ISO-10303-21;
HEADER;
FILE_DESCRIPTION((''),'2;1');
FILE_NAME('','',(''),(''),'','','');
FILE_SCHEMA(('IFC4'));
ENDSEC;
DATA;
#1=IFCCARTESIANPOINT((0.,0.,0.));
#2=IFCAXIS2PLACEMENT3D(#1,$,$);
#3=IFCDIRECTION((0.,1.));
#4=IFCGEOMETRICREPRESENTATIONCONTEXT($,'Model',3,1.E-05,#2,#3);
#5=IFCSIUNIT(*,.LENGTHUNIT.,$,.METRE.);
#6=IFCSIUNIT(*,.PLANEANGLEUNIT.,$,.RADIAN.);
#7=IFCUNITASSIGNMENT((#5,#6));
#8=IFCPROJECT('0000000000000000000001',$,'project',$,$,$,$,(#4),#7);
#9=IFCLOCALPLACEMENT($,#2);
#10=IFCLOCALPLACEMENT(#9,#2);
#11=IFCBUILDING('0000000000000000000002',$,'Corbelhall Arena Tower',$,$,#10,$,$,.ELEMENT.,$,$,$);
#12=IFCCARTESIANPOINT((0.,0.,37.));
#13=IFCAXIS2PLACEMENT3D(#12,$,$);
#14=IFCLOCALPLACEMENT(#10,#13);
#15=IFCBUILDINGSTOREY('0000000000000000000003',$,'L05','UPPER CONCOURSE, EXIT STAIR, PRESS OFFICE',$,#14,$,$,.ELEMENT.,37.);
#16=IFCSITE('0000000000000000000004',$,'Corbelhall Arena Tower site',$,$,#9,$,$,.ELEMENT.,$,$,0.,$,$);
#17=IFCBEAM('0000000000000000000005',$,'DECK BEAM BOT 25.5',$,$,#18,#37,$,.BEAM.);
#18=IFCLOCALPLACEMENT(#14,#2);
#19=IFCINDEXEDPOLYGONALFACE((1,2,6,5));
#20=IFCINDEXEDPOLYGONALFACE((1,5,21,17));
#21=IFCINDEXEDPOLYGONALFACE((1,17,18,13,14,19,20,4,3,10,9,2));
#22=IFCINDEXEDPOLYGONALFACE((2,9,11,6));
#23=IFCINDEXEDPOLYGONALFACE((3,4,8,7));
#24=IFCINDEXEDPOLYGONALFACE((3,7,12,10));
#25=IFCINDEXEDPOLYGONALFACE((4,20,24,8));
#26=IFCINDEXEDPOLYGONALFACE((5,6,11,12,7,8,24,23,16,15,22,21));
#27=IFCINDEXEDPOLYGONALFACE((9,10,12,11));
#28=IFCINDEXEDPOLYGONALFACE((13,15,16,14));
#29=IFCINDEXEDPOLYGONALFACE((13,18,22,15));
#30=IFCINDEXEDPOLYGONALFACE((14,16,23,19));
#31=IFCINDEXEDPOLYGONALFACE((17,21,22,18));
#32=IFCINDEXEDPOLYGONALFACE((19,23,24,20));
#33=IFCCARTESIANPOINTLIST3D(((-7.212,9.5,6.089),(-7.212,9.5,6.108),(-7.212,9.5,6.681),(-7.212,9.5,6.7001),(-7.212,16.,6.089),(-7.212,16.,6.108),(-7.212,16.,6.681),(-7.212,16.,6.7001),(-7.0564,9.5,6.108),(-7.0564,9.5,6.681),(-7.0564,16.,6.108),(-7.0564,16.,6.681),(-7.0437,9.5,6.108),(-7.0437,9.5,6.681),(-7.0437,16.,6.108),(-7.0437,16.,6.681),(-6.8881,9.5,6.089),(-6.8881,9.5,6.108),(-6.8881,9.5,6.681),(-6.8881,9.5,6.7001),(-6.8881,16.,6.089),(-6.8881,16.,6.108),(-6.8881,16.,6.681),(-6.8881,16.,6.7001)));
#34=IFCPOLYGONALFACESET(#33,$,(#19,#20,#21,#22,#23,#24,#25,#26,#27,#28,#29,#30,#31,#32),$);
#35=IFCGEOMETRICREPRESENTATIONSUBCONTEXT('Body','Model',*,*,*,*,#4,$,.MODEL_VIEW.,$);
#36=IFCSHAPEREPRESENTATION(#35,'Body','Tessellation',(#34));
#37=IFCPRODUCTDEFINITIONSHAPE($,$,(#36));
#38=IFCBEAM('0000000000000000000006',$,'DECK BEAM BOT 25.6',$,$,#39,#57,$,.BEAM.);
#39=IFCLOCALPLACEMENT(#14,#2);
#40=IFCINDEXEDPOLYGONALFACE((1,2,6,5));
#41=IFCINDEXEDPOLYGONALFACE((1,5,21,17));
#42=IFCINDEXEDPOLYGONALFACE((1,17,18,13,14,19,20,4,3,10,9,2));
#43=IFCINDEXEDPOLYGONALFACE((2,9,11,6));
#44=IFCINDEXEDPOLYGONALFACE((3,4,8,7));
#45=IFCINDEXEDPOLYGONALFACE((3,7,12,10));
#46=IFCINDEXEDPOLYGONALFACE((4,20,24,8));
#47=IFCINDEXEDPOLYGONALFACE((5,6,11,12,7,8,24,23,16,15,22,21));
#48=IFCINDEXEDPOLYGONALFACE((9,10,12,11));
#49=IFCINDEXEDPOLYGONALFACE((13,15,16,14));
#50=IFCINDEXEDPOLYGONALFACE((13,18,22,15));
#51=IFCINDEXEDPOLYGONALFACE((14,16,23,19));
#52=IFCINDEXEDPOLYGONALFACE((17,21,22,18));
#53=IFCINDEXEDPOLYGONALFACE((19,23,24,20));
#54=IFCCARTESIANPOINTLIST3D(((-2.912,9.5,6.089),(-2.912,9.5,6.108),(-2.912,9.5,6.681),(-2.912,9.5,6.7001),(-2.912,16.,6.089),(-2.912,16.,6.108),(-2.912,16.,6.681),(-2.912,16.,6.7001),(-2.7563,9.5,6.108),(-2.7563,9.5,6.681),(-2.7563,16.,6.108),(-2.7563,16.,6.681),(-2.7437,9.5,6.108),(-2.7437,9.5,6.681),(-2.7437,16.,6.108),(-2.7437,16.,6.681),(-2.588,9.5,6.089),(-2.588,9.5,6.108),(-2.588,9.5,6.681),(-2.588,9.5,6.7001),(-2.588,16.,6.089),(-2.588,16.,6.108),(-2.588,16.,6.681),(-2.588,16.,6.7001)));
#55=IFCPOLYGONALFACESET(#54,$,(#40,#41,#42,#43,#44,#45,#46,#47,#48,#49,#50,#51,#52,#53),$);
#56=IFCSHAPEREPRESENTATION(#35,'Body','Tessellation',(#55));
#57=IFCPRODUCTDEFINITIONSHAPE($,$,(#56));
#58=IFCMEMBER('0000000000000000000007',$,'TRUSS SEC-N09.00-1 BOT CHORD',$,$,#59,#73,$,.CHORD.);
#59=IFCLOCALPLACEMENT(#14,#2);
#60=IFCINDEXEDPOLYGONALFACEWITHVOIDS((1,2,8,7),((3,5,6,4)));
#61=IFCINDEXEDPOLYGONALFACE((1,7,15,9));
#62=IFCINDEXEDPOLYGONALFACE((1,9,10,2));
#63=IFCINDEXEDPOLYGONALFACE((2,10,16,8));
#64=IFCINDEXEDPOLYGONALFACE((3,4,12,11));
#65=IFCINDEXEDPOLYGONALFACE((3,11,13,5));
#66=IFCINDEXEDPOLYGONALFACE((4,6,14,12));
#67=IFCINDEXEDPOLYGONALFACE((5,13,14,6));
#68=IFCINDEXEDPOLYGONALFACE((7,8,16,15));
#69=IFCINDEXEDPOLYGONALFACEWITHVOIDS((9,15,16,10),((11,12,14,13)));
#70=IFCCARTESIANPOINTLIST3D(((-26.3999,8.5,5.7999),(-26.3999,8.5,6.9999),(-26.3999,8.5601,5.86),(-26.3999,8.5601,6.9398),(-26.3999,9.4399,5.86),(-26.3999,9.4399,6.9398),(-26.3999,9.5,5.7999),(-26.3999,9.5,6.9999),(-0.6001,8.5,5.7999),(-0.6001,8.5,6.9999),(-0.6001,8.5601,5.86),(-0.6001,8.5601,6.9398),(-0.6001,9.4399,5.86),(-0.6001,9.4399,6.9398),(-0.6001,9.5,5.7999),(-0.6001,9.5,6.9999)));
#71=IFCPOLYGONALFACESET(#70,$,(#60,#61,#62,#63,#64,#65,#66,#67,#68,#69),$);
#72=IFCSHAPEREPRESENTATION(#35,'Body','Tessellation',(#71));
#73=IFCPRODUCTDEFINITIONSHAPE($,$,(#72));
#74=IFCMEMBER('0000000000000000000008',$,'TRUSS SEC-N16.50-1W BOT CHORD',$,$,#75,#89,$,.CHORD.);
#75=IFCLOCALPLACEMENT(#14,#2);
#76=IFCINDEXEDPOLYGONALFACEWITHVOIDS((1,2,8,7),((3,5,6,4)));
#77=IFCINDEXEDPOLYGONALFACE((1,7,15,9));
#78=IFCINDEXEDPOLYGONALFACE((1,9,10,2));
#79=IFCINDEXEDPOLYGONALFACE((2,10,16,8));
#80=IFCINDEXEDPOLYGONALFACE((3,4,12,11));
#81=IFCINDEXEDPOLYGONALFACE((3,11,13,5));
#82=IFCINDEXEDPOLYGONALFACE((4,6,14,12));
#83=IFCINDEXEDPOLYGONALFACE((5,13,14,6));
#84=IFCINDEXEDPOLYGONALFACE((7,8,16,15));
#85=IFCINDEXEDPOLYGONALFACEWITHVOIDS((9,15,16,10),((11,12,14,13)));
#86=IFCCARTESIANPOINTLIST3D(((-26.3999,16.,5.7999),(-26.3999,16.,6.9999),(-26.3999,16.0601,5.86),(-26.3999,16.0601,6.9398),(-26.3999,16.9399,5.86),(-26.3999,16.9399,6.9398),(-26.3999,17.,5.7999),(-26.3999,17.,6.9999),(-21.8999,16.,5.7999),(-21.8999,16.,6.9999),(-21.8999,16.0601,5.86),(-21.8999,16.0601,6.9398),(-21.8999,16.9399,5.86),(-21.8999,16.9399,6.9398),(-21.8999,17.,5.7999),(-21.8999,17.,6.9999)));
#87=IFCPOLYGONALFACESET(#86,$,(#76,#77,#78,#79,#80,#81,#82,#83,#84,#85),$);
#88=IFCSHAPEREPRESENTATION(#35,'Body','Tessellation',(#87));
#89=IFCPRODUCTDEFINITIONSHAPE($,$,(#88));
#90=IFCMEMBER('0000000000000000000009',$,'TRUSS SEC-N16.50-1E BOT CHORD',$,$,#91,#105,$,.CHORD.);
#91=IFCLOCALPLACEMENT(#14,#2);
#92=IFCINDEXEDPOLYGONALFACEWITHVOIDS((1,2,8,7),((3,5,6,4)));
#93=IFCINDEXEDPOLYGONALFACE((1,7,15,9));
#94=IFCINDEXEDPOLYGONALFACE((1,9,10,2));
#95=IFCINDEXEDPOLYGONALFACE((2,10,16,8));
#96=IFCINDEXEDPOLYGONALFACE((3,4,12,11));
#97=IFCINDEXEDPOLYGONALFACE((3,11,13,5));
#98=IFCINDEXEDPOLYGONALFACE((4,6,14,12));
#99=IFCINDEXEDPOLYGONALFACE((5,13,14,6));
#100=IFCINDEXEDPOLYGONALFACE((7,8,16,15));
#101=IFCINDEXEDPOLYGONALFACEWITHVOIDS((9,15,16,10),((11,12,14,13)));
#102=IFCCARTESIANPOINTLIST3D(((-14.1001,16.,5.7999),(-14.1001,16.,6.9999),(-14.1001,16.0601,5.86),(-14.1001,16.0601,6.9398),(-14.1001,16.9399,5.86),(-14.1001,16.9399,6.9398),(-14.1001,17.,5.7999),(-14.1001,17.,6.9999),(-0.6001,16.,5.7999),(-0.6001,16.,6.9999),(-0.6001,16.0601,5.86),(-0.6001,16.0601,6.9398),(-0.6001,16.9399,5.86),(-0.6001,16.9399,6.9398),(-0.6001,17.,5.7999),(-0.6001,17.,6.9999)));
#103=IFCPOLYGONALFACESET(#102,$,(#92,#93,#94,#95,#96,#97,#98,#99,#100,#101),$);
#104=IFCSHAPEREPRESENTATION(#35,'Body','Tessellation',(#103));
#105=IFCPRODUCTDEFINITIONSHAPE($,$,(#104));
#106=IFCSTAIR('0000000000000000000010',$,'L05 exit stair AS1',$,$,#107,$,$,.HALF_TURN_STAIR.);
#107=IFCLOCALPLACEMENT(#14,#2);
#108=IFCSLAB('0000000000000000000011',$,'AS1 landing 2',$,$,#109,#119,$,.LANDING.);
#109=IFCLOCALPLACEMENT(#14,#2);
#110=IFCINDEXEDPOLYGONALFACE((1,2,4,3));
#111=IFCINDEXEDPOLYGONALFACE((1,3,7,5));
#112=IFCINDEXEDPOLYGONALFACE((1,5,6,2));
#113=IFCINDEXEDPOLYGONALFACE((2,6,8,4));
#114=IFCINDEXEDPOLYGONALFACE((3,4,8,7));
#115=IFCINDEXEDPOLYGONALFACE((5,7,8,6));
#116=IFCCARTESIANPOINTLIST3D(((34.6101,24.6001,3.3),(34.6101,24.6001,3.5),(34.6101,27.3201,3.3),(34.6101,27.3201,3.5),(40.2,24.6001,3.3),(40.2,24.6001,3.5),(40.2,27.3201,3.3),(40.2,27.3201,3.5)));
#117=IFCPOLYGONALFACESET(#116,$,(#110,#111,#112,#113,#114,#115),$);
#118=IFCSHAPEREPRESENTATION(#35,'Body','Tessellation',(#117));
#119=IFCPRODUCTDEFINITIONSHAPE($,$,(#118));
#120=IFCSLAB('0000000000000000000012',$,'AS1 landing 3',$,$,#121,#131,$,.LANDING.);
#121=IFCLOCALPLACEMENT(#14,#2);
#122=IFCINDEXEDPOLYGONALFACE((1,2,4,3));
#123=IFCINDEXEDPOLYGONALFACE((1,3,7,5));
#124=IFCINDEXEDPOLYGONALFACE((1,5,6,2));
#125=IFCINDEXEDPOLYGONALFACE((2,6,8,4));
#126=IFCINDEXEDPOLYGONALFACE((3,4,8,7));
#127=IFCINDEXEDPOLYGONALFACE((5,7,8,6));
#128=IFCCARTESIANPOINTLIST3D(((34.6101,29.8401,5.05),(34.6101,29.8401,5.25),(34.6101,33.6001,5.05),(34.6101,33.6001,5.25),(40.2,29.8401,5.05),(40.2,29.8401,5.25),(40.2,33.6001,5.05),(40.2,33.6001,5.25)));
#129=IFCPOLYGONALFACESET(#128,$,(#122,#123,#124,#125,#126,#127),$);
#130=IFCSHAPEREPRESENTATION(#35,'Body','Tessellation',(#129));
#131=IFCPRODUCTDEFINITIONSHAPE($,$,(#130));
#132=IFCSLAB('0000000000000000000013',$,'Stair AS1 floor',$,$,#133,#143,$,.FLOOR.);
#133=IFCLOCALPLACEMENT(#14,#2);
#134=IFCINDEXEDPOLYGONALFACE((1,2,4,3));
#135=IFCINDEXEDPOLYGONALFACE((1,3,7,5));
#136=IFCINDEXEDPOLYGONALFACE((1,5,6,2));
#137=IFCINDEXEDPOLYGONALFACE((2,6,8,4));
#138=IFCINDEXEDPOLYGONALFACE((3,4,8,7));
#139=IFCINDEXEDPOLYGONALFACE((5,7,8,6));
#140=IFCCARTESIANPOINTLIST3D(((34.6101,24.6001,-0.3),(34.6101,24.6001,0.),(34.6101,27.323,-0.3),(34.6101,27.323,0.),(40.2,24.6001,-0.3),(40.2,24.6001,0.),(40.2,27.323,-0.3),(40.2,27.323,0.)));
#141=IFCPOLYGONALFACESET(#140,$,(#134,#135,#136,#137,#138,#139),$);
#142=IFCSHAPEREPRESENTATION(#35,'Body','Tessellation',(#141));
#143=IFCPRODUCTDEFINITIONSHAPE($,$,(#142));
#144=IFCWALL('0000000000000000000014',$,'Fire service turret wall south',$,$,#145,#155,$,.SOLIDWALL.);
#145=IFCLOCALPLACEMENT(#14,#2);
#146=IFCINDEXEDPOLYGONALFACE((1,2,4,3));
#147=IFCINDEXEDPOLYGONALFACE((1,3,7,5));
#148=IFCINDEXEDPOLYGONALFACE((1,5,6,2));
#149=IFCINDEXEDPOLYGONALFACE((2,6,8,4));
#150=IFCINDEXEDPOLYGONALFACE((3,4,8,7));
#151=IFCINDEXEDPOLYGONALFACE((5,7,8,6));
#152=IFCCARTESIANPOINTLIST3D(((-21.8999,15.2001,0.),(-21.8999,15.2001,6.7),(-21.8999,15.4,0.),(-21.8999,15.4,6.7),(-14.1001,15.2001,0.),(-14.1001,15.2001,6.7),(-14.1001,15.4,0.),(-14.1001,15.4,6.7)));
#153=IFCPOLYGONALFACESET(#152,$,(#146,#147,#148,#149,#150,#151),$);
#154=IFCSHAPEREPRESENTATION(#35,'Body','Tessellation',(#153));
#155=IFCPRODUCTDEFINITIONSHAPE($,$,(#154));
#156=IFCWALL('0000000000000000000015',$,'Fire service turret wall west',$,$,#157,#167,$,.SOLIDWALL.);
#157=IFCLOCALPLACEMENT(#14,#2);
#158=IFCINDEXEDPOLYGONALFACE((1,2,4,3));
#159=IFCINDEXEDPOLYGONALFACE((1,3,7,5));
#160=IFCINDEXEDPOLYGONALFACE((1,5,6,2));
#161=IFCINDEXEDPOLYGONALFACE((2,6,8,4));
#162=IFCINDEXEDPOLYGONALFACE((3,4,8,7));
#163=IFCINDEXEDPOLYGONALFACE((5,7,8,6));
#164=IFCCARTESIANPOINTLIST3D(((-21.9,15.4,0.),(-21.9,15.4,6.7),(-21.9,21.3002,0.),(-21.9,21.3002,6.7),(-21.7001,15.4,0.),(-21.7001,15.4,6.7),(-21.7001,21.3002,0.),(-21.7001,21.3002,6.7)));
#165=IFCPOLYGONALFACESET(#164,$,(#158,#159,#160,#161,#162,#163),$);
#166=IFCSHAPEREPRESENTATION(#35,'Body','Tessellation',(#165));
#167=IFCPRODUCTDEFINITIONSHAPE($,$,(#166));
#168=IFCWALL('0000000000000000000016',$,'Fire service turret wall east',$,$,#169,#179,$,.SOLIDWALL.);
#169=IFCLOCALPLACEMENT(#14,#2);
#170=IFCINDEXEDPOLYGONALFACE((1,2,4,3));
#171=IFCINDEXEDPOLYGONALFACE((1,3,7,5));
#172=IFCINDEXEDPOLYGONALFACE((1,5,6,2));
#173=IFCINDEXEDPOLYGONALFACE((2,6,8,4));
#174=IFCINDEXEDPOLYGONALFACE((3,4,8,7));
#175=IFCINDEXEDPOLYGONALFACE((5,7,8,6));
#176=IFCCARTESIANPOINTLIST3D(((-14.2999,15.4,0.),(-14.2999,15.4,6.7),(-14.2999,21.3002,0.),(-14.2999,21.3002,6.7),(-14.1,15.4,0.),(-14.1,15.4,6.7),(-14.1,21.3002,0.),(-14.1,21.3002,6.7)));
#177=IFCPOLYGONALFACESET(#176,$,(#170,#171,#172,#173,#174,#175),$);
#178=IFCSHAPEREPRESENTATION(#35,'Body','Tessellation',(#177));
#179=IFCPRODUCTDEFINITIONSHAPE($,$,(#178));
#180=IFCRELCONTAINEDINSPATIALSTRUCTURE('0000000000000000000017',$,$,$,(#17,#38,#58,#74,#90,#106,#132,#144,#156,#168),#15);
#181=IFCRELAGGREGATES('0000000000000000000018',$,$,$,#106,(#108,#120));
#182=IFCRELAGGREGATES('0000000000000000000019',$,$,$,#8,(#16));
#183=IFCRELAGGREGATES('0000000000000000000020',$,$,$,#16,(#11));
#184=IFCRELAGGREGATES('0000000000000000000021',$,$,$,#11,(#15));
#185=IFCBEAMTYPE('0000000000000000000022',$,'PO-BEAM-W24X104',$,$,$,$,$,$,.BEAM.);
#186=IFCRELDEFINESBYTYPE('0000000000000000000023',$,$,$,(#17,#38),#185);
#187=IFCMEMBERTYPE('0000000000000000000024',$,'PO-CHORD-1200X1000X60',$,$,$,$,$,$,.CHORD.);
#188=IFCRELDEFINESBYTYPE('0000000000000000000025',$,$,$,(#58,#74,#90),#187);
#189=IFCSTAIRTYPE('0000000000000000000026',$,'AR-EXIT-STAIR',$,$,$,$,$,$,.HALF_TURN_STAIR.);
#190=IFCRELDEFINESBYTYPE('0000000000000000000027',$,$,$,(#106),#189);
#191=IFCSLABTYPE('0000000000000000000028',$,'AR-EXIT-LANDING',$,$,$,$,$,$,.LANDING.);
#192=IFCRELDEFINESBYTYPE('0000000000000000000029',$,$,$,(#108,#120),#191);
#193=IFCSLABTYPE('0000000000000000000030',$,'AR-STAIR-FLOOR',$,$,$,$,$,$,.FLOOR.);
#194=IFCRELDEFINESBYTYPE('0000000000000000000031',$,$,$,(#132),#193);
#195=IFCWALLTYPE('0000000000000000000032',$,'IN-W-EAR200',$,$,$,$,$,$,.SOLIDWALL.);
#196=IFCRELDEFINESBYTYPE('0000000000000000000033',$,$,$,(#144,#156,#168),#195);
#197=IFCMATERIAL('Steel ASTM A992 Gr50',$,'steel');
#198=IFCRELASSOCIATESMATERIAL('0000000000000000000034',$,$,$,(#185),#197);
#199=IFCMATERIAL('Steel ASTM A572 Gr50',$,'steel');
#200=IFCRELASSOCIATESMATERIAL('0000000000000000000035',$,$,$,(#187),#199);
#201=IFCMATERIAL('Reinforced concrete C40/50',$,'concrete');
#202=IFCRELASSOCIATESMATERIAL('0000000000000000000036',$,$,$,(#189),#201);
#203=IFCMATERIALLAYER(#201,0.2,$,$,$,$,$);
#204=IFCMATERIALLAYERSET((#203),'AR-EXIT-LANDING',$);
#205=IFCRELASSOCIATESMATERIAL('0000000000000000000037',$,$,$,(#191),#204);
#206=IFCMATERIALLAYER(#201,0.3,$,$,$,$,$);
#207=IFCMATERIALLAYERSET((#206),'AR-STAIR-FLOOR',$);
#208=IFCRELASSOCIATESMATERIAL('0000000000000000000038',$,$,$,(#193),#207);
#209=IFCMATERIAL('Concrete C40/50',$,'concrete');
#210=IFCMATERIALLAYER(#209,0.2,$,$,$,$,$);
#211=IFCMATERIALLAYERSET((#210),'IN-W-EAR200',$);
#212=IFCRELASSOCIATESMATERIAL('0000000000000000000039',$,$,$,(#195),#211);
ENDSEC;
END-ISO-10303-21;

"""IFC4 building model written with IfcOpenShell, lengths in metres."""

from ifc_helpers import new_model, si_unit, direction, frame, frame_2d, origin, origin_2d, place, context, subcontext, project, spatial, polyline, rectangle, hollow_rectangle, i_section, outline, extrude, material, layer, layer_set, material_profile, profile_set, type_object, element, aggregate, save


model = new_model("IFC4")

# Units and contexts
model_context = context("Model", 3, precision=1e-05, world=origin(), true_north=direction((0.0, 1.0)))
body_context = subcontext(model_context, "Body", "Model", "MODEL_VIEW")
ifc_project = project(units=[si_unit("LENGTHUNIT", "METRE"), si_unit("PLANEANGLEUNIT", "RADIAN")], contexts=[model_context])

# Site, building, storey
site_placement = place(None, origin())
site = spatial("IfcSite", under=ifc_project, at=site_placement, Name="Corbelhall Arena Tower site", CompositionType="ELEMENT", RefElevation=0.0)
building_placement = place(site_placement, origin())
building = spatial("IfcBuilding", under=site, at=building_placement, Name="Corbelhall Arena Tower", CompositionType="ELEMENT")
storey_placement = place(building_placement, frame((0.0, 0.0, 37.0)))
storey = spatial("IfcBuildingStorey", under=building, at=storey_placement, Name="L05", Description="UPPER CONCOURSE, EXIT STAIR, PRESS OFFICE", CompositionType="ELEMENT", Elevation=37.0)

# Beams
ifc_material_1 = material(Name="Steel ASTM A992 Gr50", Category="steel")
ifc_material_profile_1 = material_profile(ifc_material_1, i_section(OverallWidth=0.324, OverallDepth=0.6111, WebThickness=0.0127, FlangeThickness=0.019, at=origin_2d()))
ifc_profile_set_1 = profile_set([ifc_material_profile_1], Name="Steel ASTM A992 Gr50")
beam_type = type_object("IfcBeamType", Name="PO-BEAM-W24X104", PredefinedType="BEAM", material=ifc_profile_set_1)
for number, where, z_axis, x_axis, name in (
    (1, (-7.05, 9.5, 6.3945), (0.0, 1.0, 0.0), (-1.0, 0.0, 0.0), "DECK BEAM BOT 25.5"),
    (2, (-2.75, 9.5, 6.3945), (0.0, 1.0, 0.0), (-1.0, 0.0, 0.0), "DECK BEAM BOT 25.6"),
):
    element("IfcBeam", number, at=place(storey_placement, frame(where, z_axis=z_axis, x_axis=x_axis)), inside=storey, type_object=beam_type, Name=name, PredefinedType="BEAM", context=body_context, shape_type="SweptSolid", body=[
        extrude(i_section(OverallWidth=0.324, OverallDepth=0.6111, WebThickness=0.0127, FlangeThickness=0.019, at=origin_2d()), origin(), (0.0, 0.0, 1.0), 6.5),
    ])

# Members
ifc_material_2 = material(Name="Steel ASTM A572 Gr50", Category="steel")
ifc_material_profile_2 = material_profile(ifc_material_2, hollow_rectangle(XDim=1.0, YDim=1.2, WallThickness=0.0601, at=origin_2d()))
ifc_profile_set_2 = profile_set([ifc_material_profile_2], Name="Steel ASTM A572 Gr50")
member_type = type_object("IfcMemberType", Name="PO-CHORD-1200X1000X60", PredefinedType="CHORD", material=ifc_profile_set_2)
member_1_placement = place(storey_placement, frame((-26.3999, 9.0, 6.3999), z_axis=(1.0, 0.0, 0.0), x_axis=(0.0, 1.0, 0.0)))
element("IfcMember", 3, at=member_1_placement, inside=storey, type_object=member_type, Name="TRUSS SEC-N09.00-1 BOT CHORD", PredefinedType="CHORD", context=body_context, shape_type="SweptSolid", body=[
    extrude(hollow_rectangle(XDim=1.0, YDim=1.2, WallThickness=0.0601, at=origin_2d()), origin(), (0.0, 0.0, 1.0), 25.7998),
])
member_2_placement = place(storey_placement, frame((-26.3999, 16.5, 6.3999), z_axis=(1.0, 0.0, 0.0), x_axis=(0.0, 1.0, 0.0)))
element("IfcMember", 4, at=member_2_placement, inside=storey, type_object=member_type, Name="TRUSS SEC-N16.50-1W BOT CHORD", PredefinedType="CHORD", context=body_context, shape_type="SweptSolid", body=[
    extrude(hollow_rectangle(XDim=1.0, YDim=1.2, WallThickness=0.0601, at=origin_2d()), origin(), (0.0, 0.0, 1.0), 4.5),
])
member_3_placement = place(storey_placement, frame((-14.1001, 16.5, 6.3999), z_axis=(1.0, 0.0, 0.0), x_axis=(0.0, 1.0, 0.0)))
element("IfcMember", 5, at=member_3_placement, inside=storey, type_object=member_type, Name="TRUSS SEC-N16.50-1E BOT CHORD", PredefinedType="CHORD", context=body_context, shape_type="SweptSolid", body=[
    extrude(hollow_rectangle(XDim=1.0, YDim=1.2, WallThickness=0.0601, at=origin_2d()), origin(), (0.0, 0.0, 1.0), 13.5),
])

# Stair, slabs
ifc_material_3 = material(Name="Reinforced concrete C40/50", Category="concrete")
stair_type = type_object("IfcStairType", Name="AR-EXIT-STAIR", PredefinedType="HALF_TURN_STAIR", material=ifc_material_3)
stair_placement = place(storey_placement, origin())
stair = element("IfcStair", 6, at=stair_placement, inside=storey, type_object=stair_type, Name="L05 exit stair AS1", PredefinedType="HALF_TURN_STAIR")
ifc_layer_1 = layer(ifc_material_3, 0.2)
ifc_layer_set_1 = layer_set([ifc_layer_1], Name="AR-EXIT-LANDING")
slab_type_1 = type_object("IfcSlabType", Name="AR-EXIT-LANDING", PredefinedType="LANDING", material=ifc_layer_set_1)
slab_1_placement = place(storey_placement, frame((0.0, 0.0, 3.3)))
slab_1 = element("IfcSlab", 7, at=slab_1_placement, type_object=slab_type_1, Name="AS1 landing 2", PredefinedType="LANDING", context=body_context, shape_type="SweptSolid", body=[
    extrude(outline(polyline([(40.2, 24.6001), (40.2, 27.3201), (34.6101, 27.3201), (34.6101, 24.6001), (40.2, 24.6001)])), origin(), (0.0, 0.0, 1.0), 0.2),
])
slab_2_placement = place(storey_placement, frame((0.0, 0.0, 5.05)))
slab_2 = element("IfcSlab", 8, at=slab_2_placement, type_object=slab_type_1, Name="AS1 landing 3", PredefinedType="LANDING", context=body_context, shape_type="SweptSolid", body=[
    extrude(outline(polyline([(40.2, 29.8401), (40.2, 33.6001), (34.6101, 33.6001), (34.6101, 29.8401), (40.2, 29.8401)])), origin(), (0.0, 0.0, 1.0), 0.2),
])
aggregate(stair, [slab_1, slab_2])

# Slab
ifc_layer_2 = layer(ifc_material_3, 0.3)
ifc_layer_set_2 = layer_set([ifc_layer_2], Name="AR-STAIR-FLOOR")
slab_type_2 = type_object("IfcSlabType", Name="AR-STAIR-FLOOR", PredefinedType="FLOOR", material=ifc_layer_set_2)
slab_3_placement = place(storey_placement, frame((0.0, 0.0, -0.3)))
element("IfcSlab", 9, at=slab_3_placement, inside=storey, type_object=slab_type_2, Name="Stair AS1 floor", PredefinedType="FLOOR", context=body_context, shape_type="SweptSolid", body=[
    extrude(outline(polyline([(40.2, 24.6001), (34.6101, 24.6001), (34.6101, 27.323), (40.2, 27.323), (40.2, 24.6001)])), origin(), (0.0, 0.0, 1.0), 0.3),
])

# Walls
ifc_material_4 = material(Name="Concrete C40/50", Category="concrete")
ifc_layer_3 = layer(ifc_material_4, 0.2)
ifc_layer_set_3 = layer_set([ifc_layer_3], Name="IN-W-EAR200")
wall_type = type_object("IfcWallType", Name="IN-W-EAR200", PredefinedType="SOLIDWALL", material=ifc_layer_set_3)
wall_1_placement = place(storey_placement, frame((-21.8999, 15.3, 0.0), z_axis=(0.0, 0.0, 1.0), x_axis=(1.0, 0.0, 0.0)))
element("IfcWall", 10, at=wall_1_placement, inside=storey, type_object=wall_type, Name="Fire service turret wall south", PredefinedType="SOLIDWALL", context=body_context, shape_type="SweptSolid", body=[
    extrude(rectangle(XDim=7.7998, YDim=0.2, at=frame_2d((3.8999, 0.0))), origin(), (0.0, 0.0, 1.0), 6.7),
])
for number, where, z_axis, x_axis, name in (
    (11, (-21.8, 15.3999, 0.0), (0.0, 0.0, 1.0), (0.0, 1.0, 0.0), "Fire service turret wall west"),
    (12, (-14.2, 15.3999, 0.0), (0.0, 0.0, 1.0), (0.0, 1.0, 0.0), "Fire service turret wall east"),
):
    element("IfcWall", number, at=place(storey_placement, frame(where, z_axis=z_axis, x_axis=x_axis)), inside=storey, type_object=wall_type, Name=name, PredefinedType="SOLIDWALL", context=body_context, shape_type="SweptSolid", body=[
        extrude(rectangle(XDim=5.9001, YDim=0.2, at=frame_2d((2.9502, 0.0))), origin(), (0.0, 0.0, 1.0), 6.7),
    ])

save(model, "model.ifc")
